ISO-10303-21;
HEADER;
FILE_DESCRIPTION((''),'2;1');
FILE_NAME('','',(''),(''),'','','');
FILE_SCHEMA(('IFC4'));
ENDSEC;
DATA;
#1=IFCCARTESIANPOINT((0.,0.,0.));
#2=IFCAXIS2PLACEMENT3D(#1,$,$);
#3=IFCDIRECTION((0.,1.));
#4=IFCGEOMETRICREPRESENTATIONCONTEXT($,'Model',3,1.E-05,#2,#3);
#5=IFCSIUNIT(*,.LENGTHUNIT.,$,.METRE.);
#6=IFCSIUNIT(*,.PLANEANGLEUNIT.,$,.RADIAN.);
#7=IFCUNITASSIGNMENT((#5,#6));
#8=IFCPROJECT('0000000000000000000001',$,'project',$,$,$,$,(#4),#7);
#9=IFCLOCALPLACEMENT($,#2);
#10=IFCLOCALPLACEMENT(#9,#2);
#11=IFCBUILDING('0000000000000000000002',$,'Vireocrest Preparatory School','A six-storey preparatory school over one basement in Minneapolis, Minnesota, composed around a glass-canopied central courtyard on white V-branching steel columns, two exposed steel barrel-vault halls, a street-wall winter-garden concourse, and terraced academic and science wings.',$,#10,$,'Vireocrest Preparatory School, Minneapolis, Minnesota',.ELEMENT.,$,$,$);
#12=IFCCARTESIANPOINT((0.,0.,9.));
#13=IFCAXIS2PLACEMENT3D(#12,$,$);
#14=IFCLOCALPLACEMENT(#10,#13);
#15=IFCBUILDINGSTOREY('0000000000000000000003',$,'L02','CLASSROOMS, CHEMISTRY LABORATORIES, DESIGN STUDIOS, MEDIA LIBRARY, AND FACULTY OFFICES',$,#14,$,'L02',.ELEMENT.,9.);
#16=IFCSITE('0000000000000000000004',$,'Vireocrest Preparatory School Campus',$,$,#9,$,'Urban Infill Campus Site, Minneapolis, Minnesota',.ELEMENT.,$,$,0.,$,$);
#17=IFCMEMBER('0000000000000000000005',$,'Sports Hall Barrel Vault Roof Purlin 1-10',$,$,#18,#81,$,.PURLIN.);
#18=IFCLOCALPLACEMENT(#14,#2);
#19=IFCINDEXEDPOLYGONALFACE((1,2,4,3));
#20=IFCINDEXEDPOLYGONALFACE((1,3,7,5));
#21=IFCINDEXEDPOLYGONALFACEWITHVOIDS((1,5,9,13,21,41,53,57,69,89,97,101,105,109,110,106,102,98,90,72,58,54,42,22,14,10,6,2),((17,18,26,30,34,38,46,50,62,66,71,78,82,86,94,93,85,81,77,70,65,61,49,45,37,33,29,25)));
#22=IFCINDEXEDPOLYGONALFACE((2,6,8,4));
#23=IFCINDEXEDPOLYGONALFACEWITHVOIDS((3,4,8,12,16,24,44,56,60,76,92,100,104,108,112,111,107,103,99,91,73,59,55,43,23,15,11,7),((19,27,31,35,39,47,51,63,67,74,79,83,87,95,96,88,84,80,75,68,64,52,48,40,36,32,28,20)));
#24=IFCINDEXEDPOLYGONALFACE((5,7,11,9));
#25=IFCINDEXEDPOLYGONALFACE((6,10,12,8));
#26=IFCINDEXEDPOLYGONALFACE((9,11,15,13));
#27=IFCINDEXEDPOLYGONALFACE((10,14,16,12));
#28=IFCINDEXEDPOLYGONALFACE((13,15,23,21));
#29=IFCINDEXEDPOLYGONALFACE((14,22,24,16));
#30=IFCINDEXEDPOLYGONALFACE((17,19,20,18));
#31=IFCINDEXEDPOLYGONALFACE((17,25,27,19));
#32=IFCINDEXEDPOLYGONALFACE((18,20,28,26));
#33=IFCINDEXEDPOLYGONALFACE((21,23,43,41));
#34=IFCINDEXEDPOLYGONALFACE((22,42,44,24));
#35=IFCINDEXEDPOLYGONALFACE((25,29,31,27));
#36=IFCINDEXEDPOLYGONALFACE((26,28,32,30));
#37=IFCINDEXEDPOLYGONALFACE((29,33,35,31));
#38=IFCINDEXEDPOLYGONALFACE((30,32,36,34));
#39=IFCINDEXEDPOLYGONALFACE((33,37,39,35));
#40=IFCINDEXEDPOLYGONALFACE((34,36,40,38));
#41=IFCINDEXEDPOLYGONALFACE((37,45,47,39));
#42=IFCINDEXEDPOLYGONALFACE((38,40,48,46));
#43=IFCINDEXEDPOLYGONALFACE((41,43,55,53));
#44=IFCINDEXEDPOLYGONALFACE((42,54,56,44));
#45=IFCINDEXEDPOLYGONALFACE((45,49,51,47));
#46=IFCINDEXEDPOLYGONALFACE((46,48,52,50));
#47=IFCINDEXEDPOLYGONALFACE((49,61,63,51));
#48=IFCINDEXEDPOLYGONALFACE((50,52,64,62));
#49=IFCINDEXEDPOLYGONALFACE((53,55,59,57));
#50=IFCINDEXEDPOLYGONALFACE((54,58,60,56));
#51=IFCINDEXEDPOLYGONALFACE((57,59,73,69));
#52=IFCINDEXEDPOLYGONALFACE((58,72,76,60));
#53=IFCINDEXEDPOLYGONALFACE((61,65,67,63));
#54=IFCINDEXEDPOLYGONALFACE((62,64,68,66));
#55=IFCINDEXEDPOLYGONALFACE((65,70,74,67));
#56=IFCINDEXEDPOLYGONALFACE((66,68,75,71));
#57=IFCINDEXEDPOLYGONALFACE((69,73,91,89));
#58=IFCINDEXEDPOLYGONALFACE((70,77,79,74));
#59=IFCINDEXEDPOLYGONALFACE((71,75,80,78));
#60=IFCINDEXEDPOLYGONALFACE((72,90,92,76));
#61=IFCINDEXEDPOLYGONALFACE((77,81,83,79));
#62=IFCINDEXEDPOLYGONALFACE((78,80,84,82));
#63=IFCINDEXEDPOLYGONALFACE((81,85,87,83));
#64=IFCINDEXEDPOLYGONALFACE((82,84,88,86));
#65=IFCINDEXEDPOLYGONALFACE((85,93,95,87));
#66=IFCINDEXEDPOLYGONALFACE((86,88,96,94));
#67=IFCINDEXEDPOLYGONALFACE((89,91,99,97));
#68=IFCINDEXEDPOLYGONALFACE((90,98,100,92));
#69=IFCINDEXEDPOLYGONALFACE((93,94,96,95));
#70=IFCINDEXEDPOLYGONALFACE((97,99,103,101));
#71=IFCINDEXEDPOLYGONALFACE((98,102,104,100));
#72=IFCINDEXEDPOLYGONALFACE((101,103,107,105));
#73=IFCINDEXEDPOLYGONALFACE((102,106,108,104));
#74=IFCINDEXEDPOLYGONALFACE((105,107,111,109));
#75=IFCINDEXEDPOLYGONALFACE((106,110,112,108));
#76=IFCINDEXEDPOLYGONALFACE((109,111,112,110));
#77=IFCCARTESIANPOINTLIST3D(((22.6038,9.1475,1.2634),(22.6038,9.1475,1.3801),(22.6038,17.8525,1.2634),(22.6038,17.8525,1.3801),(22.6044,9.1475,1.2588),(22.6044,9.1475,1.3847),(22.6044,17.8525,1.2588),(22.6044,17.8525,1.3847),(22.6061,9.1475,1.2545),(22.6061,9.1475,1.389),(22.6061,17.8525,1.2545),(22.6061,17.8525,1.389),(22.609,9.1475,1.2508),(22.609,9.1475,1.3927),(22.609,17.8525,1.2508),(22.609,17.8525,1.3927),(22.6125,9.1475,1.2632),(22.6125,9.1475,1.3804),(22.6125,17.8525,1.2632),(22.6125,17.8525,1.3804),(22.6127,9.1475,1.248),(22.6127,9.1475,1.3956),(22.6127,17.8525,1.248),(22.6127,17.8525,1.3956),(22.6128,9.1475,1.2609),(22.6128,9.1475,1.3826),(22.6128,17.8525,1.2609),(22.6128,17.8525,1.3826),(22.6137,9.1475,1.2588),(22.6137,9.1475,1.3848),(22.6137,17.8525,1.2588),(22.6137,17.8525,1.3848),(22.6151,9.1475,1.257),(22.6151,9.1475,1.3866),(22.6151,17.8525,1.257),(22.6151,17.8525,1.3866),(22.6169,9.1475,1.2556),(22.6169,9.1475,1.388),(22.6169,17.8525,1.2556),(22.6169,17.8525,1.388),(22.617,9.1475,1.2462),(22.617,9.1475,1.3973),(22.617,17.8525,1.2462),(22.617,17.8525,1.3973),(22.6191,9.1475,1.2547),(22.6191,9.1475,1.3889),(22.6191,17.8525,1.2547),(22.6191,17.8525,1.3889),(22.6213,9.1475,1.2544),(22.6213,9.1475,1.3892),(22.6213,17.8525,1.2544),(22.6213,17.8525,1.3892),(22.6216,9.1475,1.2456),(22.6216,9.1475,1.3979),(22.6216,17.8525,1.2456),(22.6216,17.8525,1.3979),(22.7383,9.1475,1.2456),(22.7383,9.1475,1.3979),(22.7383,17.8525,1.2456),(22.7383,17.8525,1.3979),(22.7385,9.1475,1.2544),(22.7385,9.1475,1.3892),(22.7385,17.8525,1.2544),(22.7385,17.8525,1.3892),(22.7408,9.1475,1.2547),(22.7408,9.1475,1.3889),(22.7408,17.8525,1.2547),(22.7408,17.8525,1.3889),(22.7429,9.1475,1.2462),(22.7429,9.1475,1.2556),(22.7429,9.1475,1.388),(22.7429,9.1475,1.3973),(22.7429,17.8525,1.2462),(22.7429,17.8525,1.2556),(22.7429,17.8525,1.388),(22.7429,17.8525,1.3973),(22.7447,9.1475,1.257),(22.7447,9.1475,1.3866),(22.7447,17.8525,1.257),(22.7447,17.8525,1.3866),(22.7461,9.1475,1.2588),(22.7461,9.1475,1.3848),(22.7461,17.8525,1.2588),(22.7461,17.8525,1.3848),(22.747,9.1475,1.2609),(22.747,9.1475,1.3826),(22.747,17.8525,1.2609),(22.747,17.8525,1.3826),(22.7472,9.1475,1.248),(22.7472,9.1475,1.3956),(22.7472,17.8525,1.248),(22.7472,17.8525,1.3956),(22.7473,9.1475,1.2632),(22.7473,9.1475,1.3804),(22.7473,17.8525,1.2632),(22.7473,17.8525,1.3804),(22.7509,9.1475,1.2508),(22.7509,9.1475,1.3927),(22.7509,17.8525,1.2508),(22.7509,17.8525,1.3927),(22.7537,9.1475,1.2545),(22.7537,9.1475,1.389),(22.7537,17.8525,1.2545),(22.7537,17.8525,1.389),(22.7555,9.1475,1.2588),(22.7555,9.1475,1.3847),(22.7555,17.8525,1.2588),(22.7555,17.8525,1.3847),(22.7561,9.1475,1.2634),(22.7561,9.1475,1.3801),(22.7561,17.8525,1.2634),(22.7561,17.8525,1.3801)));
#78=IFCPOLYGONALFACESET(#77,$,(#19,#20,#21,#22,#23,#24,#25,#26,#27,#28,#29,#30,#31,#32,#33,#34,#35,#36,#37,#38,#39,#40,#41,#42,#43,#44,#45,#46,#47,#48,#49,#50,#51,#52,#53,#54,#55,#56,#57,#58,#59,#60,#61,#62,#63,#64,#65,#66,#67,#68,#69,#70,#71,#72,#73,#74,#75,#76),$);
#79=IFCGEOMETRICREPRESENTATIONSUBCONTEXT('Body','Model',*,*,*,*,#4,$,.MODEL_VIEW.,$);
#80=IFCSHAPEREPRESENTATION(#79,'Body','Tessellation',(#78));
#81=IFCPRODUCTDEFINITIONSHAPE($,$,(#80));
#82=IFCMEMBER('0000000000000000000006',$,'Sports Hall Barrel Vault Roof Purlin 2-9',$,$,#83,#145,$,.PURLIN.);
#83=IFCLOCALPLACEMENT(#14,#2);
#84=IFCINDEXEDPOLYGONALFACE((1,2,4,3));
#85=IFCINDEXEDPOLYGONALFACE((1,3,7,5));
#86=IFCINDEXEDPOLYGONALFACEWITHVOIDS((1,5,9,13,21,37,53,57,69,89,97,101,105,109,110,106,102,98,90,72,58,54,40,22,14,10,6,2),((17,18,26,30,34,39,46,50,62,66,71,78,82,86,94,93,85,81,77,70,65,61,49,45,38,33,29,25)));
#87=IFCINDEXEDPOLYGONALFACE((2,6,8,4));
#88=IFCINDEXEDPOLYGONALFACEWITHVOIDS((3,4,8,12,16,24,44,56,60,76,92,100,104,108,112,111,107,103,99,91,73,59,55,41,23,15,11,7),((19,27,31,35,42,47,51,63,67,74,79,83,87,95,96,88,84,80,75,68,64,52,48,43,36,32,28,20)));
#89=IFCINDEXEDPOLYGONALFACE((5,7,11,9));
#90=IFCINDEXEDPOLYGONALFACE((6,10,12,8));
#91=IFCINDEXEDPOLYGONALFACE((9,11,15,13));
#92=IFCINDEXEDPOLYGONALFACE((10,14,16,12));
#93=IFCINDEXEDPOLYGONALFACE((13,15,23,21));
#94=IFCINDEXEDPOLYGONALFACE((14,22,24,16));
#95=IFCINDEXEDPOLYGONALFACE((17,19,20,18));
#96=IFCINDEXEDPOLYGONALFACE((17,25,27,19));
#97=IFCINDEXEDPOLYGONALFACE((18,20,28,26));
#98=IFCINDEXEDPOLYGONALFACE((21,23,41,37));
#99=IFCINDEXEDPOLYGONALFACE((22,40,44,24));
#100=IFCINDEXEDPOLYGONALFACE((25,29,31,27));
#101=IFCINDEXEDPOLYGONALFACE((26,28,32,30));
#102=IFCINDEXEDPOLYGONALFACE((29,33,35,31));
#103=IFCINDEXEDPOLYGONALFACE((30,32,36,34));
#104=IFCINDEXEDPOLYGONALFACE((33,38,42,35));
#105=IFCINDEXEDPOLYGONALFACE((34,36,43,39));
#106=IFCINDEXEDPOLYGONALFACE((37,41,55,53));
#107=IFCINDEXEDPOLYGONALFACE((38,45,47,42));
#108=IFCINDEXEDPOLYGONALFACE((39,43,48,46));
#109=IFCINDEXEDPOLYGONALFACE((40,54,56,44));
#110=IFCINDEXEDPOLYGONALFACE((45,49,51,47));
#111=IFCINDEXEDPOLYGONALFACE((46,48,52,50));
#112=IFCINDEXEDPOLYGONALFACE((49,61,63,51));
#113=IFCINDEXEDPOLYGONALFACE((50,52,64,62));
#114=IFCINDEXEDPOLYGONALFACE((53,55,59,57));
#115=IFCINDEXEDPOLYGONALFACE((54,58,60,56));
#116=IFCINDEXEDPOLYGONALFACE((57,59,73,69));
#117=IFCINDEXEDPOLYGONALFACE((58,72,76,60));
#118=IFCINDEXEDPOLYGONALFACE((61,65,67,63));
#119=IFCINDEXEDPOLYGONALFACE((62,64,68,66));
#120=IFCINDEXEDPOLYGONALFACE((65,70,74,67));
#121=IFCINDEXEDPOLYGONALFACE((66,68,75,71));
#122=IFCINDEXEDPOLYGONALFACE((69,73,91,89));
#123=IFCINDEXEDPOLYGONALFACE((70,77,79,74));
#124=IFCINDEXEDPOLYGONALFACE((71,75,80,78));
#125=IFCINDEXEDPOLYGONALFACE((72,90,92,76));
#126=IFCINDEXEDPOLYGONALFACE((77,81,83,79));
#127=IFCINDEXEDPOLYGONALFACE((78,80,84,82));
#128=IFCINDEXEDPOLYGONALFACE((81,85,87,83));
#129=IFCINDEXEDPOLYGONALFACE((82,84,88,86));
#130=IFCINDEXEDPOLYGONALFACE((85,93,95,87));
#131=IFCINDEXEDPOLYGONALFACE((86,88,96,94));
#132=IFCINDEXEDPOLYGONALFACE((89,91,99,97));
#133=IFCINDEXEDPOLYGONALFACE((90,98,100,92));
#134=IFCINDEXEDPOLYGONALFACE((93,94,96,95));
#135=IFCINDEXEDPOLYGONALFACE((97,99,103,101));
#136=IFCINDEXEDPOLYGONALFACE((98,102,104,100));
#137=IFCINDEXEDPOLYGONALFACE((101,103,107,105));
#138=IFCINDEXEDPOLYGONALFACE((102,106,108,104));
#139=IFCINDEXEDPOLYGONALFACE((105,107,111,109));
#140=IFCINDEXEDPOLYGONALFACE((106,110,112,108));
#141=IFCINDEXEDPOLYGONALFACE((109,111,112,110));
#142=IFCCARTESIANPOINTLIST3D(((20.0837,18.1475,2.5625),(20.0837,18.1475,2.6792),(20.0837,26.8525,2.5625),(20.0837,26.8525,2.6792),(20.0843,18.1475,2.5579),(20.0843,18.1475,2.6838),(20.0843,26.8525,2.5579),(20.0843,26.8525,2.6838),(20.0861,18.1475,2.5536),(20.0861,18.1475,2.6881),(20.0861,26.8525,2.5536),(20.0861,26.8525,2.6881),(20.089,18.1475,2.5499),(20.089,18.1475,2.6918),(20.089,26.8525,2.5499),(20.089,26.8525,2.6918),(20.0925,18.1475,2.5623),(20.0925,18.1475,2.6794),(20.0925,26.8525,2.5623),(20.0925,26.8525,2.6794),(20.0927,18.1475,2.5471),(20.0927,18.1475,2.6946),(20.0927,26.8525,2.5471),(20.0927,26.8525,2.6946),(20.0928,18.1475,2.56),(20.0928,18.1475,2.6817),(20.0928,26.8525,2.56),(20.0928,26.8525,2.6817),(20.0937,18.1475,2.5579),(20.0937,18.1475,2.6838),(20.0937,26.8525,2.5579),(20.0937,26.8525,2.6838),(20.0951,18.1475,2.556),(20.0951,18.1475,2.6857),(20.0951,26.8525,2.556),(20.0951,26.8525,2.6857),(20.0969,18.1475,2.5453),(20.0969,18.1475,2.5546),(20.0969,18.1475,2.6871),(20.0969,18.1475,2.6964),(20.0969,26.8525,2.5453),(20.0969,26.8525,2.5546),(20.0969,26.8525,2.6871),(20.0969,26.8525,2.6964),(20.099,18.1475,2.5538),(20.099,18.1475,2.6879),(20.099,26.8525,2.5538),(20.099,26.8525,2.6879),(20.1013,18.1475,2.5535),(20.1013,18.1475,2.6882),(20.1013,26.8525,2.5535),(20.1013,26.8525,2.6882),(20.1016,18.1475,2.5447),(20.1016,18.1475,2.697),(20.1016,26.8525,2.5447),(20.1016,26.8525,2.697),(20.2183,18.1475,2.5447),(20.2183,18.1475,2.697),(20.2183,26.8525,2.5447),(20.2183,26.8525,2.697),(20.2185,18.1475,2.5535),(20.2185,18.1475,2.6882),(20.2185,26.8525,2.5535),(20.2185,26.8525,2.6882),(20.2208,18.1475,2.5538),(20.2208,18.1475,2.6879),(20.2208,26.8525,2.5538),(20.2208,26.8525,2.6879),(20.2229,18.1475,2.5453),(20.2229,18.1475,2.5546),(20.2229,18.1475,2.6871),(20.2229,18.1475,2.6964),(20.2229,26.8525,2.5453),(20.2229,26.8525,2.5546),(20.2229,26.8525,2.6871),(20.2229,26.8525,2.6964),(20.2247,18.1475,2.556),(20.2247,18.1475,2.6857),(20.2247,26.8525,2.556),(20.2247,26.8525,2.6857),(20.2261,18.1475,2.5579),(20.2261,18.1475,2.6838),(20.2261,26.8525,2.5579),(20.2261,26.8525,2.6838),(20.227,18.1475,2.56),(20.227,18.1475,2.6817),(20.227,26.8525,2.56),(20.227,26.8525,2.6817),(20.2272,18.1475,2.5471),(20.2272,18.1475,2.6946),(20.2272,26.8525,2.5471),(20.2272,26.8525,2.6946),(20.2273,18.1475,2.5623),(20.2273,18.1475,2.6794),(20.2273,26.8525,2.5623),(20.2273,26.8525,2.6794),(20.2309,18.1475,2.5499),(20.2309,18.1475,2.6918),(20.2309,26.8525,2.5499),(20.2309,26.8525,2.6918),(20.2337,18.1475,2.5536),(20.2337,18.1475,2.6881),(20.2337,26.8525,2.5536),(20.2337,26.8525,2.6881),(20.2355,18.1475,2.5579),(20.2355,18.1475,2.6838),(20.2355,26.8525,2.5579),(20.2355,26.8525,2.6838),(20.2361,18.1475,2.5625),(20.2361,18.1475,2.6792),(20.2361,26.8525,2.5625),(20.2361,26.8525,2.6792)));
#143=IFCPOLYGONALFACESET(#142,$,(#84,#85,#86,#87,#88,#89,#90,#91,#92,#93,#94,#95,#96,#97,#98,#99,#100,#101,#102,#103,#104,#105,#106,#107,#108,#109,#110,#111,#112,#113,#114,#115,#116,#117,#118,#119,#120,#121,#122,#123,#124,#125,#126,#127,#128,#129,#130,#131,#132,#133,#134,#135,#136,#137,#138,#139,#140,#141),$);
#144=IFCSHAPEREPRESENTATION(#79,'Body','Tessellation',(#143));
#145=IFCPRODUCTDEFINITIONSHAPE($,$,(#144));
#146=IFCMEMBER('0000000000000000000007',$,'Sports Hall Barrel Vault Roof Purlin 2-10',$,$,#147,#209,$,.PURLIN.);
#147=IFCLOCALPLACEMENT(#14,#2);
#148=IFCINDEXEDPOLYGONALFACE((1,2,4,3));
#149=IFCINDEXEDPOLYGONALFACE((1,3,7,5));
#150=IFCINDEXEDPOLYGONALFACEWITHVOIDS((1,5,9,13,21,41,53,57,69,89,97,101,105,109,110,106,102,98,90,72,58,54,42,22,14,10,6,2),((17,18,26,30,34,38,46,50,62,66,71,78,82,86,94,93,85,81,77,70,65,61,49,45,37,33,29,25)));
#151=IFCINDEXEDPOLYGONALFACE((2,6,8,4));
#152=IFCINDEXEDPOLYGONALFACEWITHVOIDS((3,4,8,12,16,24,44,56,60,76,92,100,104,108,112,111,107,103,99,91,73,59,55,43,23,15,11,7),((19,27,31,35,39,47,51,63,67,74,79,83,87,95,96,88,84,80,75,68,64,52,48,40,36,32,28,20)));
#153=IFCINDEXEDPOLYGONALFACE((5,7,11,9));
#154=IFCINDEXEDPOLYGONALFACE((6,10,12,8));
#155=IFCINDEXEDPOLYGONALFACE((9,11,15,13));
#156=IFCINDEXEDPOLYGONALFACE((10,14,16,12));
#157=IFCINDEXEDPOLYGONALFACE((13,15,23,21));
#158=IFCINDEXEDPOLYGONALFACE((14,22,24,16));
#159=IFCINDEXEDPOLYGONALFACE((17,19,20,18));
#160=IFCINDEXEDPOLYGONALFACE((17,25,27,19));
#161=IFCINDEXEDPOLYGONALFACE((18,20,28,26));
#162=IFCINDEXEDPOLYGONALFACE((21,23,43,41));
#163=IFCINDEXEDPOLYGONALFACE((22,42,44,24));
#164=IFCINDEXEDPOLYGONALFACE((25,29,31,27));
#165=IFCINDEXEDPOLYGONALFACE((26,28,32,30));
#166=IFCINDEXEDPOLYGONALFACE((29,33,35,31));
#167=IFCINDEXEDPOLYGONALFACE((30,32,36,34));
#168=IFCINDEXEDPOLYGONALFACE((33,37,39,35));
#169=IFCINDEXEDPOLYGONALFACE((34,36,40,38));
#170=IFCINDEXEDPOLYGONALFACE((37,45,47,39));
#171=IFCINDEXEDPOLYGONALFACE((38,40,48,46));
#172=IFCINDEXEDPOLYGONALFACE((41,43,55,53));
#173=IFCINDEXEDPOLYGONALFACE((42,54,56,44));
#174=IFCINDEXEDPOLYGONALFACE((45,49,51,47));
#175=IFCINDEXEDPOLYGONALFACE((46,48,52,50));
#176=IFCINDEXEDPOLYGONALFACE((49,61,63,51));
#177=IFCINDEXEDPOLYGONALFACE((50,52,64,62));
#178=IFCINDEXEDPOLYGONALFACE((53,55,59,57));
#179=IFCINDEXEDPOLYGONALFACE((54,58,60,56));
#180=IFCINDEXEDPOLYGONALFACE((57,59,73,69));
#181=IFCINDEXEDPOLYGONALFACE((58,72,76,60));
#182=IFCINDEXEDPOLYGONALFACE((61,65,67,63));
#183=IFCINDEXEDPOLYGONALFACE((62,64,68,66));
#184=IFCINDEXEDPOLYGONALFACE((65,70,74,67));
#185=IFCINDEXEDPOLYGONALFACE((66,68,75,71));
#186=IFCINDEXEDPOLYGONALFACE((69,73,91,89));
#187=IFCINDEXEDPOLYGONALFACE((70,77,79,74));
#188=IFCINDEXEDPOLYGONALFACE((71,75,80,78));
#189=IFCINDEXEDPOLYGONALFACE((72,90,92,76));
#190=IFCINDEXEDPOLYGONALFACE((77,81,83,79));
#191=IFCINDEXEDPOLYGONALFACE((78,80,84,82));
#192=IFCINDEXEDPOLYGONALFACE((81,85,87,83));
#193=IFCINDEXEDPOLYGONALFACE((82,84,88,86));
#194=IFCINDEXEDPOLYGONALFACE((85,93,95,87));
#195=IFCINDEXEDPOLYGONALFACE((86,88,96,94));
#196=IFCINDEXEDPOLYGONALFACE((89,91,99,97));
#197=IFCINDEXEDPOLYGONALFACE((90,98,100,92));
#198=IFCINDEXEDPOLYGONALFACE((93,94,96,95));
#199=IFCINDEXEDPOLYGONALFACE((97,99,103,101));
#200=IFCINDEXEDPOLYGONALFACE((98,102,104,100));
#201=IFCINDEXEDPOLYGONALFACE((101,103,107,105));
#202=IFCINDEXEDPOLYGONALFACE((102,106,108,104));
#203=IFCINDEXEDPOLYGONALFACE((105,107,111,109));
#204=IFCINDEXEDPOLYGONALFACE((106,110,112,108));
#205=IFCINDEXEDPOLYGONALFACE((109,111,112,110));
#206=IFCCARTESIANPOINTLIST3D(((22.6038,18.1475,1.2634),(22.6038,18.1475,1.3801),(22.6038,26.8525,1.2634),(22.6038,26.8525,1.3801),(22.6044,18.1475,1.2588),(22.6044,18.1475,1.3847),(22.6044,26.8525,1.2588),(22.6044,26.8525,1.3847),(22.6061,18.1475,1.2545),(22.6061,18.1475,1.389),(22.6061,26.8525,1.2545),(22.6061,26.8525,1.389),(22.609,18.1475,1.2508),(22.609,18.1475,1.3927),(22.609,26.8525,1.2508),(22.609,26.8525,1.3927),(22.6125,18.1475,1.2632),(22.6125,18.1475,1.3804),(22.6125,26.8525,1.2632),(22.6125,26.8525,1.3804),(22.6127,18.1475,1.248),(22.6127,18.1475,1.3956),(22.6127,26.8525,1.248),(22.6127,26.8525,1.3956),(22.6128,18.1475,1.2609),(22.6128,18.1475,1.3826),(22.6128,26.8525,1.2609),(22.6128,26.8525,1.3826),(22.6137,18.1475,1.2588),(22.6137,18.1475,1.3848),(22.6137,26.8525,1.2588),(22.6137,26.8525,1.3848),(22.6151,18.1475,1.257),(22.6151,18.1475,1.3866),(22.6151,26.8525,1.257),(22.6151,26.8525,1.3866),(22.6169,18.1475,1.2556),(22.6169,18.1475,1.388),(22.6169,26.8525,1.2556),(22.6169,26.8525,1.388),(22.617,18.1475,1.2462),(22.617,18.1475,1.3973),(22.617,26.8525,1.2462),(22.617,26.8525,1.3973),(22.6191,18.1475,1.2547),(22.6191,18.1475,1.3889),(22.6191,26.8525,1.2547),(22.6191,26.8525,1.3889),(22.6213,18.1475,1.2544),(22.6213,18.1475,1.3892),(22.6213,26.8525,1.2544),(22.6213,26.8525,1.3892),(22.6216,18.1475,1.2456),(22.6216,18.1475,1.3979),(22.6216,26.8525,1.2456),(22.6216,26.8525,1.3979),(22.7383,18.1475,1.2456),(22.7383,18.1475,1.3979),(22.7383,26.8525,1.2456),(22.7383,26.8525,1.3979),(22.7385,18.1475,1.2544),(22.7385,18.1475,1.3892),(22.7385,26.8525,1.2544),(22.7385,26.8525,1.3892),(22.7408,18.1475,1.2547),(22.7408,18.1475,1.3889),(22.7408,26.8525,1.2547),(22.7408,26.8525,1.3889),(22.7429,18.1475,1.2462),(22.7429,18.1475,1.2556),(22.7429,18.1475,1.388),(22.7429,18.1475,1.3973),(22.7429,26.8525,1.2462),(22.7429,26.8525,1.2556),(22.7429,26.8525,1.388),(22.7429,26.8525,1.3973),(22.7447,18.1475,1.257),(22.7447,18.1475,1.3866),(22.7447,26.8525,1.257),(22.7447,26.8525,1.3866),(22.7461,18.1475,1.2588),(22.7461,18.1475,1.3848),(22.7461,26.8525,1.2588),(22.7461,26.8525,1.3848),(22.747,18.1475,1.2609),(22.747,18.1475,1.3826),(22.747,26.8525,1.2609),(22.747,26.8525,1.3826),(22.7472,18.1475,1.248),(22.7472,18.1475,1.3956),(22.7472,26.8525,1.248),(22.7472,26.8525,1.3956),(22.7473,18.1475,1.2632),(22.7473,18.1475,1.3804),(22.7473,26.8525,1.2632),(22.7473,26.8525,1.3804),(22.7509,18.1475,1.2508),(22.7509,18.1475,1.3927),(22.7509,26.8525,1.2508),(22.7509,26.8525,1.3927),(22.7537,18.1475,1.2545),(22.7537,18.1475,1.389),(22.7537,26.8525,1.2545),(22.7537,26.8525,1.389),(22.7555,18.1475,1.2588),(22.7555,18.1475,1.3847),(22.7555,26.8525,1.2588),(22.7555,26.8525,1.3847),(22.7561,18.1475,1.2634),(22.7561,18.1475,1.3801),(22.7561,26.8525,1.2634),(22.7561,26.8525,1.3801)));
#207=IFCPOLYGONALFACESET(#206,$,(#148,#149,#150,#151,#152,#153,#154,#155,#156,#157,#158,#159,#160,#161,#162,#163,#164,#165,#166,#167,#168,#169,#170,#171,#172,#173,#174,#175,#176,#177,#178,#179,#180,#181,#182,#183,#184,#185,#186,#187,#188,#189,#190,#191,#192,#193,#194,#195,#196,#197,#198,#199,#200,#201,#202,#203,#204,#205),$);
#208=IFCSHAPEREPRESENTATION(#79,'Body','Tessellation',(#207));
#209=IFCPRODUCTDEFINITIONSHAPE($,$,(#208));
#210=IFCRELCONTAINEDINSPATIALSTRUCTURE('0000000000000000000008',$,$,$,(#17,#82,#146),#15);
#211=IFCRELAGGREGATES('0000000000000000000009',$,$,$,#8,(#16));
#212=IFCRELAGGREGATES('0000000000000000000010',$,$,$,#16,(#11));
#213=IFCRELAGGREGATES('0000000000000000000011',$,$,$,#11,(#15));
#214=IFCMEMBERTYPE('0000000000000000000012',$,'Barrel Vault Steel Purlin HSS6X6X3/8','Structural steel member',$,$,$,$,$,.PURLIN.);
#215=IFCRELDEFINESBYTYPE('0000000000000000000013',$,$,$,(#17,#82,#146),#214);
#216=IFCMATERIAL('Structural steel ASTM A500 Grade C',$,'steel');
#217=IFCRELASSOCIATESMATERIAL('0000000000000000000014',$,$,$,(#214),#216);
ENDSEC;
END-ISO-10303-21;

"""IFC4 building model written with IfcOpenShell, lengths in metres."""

from ifc_helpers import new_model, si_unit, direction, frame, origin, origin_2d, place, context, subcontext, project, spatial, hollow_rectangle, extrude, material, material_profile, profile_set, type_object, element, save


model = new_model("IFC4")

# Units and contexts
model_context = context("Model", 3, precision=1e-05, world=origin(), true_north=direction((0.0, 1.0)))
body_context = subcontext(model_context, "Body", "Model", "MODEL_VIEW")
ifc_project = project(units=[si_unit("LENGTHUNIT", "METRE"), si_unit("PLANEANGLEUNIT", "RADIAN")], contexts=[model_context])

# Site, building, storey
site_placement = place(None, origin())
site = spatial("IfcSite", under=ifc_project, at=site_placement, Name="Vireocrest Preparatory School Campus", LongName="Urban Infill Campus Site, Minneapolis, Minnesota", CompositionType="ELEMENT", RefElevation=0.0)
building_placement = place(site_placement, origin())
building = spatial("IfcBuilding", under=site, at=building_placement, Name="Vireocrest Preparatory School", Description="A six-storey preparatory school over one basement in Minneapolis, Minnesota, composed around a glass-canopied central courtyard on white V-branching steel columns, two exposed steel barrel-vault halls, a street-wall winter-garden concourse, and terraced academic and science wings.", LongName="Vireocrest Preparatory School, Minneapolis, Minnesota", CompositionType="ELEMENT")
storey_placement = place(building_placement, frame((0.0, 0.0, 9.0)))
storey = spatial("IfcBuildingStorey", under=building, at=storey_placement, Name="L02", Description="CLASSROOMS, CHEMISTRY LABORATORIES, DESIGN STUDIOS, MEDIA LIBRARY, AND FACULTY OFFICES", LongName="L02", CompositionType="ELEMENT", Elevation=9.0)

# Members
ifc_material_1 = material(Name="Structural steel ASTM A500 Grade C", Category="steel")
ifc_material_profile_1 = material_profile(ifc_material_1, hollow_rectangle(XDim=0.1523, YDim=0.1523, WallThickness=0.0088, InnerFilletRadius=0.0088, OuterFilletRadius=0.0178, at=origin_2d()), Name="HSS6X6X3/8")
ifc_profile_set_1 = profile_set([ifc_material_profile_1], Name="Structural steel ASTM A500 Grade C")
member_type_1 = type_object("IfcMemberType", Name="Barrel Vault Steel Purlin HSS6X6X3/8", Description="Structural steel member", PredefinedType="PURLIN", material=ifc_profile_set_1)
for number, where, z_axis, x_axis, name in (
    (1, (22.6799, 9.1475, 1.3218), (0.0, 1.0, 0.0), (-1.0, 0.0, 0.0), "Sports Hall Barrel Vault Roof Purlin 1-10"),
    (2, (20.1599, 18.1475, 2.6208), (0.0, 1.0, 0.0), (-1.0, 0.0, 0.0), "Sports Hall Barrel Vault Roof Purlin 2-9"),
    (3, (22.6799, 18.1475, 1.3218), (0.0, 1.0, 0.0), (-1.0, 0.0, 0.0), "Sports Hall Barrel Vault Roof Purlin 2-10"),
):
    element("IfcMember", number, at=place(storey_placement, frame(where, z_axis=z_axis, x_axis=x_axis)), inside=storey, type_object=member_type_1, Name=name, PredefinedType="PURLIN", context=body_context, shape_type="SweptSolid", body=[
        extrude(hollow_rectangle(XDim=0.1523, YDim=0.1523, WallThickness=0.0088, InnerFilletRadius=0.0088, OuterFilletRadius=0.0178, at=origin_2d()), origin(), (0.0, 0.0, 1.0), 8.7051),
    ])

save(model, "model.ifc")
